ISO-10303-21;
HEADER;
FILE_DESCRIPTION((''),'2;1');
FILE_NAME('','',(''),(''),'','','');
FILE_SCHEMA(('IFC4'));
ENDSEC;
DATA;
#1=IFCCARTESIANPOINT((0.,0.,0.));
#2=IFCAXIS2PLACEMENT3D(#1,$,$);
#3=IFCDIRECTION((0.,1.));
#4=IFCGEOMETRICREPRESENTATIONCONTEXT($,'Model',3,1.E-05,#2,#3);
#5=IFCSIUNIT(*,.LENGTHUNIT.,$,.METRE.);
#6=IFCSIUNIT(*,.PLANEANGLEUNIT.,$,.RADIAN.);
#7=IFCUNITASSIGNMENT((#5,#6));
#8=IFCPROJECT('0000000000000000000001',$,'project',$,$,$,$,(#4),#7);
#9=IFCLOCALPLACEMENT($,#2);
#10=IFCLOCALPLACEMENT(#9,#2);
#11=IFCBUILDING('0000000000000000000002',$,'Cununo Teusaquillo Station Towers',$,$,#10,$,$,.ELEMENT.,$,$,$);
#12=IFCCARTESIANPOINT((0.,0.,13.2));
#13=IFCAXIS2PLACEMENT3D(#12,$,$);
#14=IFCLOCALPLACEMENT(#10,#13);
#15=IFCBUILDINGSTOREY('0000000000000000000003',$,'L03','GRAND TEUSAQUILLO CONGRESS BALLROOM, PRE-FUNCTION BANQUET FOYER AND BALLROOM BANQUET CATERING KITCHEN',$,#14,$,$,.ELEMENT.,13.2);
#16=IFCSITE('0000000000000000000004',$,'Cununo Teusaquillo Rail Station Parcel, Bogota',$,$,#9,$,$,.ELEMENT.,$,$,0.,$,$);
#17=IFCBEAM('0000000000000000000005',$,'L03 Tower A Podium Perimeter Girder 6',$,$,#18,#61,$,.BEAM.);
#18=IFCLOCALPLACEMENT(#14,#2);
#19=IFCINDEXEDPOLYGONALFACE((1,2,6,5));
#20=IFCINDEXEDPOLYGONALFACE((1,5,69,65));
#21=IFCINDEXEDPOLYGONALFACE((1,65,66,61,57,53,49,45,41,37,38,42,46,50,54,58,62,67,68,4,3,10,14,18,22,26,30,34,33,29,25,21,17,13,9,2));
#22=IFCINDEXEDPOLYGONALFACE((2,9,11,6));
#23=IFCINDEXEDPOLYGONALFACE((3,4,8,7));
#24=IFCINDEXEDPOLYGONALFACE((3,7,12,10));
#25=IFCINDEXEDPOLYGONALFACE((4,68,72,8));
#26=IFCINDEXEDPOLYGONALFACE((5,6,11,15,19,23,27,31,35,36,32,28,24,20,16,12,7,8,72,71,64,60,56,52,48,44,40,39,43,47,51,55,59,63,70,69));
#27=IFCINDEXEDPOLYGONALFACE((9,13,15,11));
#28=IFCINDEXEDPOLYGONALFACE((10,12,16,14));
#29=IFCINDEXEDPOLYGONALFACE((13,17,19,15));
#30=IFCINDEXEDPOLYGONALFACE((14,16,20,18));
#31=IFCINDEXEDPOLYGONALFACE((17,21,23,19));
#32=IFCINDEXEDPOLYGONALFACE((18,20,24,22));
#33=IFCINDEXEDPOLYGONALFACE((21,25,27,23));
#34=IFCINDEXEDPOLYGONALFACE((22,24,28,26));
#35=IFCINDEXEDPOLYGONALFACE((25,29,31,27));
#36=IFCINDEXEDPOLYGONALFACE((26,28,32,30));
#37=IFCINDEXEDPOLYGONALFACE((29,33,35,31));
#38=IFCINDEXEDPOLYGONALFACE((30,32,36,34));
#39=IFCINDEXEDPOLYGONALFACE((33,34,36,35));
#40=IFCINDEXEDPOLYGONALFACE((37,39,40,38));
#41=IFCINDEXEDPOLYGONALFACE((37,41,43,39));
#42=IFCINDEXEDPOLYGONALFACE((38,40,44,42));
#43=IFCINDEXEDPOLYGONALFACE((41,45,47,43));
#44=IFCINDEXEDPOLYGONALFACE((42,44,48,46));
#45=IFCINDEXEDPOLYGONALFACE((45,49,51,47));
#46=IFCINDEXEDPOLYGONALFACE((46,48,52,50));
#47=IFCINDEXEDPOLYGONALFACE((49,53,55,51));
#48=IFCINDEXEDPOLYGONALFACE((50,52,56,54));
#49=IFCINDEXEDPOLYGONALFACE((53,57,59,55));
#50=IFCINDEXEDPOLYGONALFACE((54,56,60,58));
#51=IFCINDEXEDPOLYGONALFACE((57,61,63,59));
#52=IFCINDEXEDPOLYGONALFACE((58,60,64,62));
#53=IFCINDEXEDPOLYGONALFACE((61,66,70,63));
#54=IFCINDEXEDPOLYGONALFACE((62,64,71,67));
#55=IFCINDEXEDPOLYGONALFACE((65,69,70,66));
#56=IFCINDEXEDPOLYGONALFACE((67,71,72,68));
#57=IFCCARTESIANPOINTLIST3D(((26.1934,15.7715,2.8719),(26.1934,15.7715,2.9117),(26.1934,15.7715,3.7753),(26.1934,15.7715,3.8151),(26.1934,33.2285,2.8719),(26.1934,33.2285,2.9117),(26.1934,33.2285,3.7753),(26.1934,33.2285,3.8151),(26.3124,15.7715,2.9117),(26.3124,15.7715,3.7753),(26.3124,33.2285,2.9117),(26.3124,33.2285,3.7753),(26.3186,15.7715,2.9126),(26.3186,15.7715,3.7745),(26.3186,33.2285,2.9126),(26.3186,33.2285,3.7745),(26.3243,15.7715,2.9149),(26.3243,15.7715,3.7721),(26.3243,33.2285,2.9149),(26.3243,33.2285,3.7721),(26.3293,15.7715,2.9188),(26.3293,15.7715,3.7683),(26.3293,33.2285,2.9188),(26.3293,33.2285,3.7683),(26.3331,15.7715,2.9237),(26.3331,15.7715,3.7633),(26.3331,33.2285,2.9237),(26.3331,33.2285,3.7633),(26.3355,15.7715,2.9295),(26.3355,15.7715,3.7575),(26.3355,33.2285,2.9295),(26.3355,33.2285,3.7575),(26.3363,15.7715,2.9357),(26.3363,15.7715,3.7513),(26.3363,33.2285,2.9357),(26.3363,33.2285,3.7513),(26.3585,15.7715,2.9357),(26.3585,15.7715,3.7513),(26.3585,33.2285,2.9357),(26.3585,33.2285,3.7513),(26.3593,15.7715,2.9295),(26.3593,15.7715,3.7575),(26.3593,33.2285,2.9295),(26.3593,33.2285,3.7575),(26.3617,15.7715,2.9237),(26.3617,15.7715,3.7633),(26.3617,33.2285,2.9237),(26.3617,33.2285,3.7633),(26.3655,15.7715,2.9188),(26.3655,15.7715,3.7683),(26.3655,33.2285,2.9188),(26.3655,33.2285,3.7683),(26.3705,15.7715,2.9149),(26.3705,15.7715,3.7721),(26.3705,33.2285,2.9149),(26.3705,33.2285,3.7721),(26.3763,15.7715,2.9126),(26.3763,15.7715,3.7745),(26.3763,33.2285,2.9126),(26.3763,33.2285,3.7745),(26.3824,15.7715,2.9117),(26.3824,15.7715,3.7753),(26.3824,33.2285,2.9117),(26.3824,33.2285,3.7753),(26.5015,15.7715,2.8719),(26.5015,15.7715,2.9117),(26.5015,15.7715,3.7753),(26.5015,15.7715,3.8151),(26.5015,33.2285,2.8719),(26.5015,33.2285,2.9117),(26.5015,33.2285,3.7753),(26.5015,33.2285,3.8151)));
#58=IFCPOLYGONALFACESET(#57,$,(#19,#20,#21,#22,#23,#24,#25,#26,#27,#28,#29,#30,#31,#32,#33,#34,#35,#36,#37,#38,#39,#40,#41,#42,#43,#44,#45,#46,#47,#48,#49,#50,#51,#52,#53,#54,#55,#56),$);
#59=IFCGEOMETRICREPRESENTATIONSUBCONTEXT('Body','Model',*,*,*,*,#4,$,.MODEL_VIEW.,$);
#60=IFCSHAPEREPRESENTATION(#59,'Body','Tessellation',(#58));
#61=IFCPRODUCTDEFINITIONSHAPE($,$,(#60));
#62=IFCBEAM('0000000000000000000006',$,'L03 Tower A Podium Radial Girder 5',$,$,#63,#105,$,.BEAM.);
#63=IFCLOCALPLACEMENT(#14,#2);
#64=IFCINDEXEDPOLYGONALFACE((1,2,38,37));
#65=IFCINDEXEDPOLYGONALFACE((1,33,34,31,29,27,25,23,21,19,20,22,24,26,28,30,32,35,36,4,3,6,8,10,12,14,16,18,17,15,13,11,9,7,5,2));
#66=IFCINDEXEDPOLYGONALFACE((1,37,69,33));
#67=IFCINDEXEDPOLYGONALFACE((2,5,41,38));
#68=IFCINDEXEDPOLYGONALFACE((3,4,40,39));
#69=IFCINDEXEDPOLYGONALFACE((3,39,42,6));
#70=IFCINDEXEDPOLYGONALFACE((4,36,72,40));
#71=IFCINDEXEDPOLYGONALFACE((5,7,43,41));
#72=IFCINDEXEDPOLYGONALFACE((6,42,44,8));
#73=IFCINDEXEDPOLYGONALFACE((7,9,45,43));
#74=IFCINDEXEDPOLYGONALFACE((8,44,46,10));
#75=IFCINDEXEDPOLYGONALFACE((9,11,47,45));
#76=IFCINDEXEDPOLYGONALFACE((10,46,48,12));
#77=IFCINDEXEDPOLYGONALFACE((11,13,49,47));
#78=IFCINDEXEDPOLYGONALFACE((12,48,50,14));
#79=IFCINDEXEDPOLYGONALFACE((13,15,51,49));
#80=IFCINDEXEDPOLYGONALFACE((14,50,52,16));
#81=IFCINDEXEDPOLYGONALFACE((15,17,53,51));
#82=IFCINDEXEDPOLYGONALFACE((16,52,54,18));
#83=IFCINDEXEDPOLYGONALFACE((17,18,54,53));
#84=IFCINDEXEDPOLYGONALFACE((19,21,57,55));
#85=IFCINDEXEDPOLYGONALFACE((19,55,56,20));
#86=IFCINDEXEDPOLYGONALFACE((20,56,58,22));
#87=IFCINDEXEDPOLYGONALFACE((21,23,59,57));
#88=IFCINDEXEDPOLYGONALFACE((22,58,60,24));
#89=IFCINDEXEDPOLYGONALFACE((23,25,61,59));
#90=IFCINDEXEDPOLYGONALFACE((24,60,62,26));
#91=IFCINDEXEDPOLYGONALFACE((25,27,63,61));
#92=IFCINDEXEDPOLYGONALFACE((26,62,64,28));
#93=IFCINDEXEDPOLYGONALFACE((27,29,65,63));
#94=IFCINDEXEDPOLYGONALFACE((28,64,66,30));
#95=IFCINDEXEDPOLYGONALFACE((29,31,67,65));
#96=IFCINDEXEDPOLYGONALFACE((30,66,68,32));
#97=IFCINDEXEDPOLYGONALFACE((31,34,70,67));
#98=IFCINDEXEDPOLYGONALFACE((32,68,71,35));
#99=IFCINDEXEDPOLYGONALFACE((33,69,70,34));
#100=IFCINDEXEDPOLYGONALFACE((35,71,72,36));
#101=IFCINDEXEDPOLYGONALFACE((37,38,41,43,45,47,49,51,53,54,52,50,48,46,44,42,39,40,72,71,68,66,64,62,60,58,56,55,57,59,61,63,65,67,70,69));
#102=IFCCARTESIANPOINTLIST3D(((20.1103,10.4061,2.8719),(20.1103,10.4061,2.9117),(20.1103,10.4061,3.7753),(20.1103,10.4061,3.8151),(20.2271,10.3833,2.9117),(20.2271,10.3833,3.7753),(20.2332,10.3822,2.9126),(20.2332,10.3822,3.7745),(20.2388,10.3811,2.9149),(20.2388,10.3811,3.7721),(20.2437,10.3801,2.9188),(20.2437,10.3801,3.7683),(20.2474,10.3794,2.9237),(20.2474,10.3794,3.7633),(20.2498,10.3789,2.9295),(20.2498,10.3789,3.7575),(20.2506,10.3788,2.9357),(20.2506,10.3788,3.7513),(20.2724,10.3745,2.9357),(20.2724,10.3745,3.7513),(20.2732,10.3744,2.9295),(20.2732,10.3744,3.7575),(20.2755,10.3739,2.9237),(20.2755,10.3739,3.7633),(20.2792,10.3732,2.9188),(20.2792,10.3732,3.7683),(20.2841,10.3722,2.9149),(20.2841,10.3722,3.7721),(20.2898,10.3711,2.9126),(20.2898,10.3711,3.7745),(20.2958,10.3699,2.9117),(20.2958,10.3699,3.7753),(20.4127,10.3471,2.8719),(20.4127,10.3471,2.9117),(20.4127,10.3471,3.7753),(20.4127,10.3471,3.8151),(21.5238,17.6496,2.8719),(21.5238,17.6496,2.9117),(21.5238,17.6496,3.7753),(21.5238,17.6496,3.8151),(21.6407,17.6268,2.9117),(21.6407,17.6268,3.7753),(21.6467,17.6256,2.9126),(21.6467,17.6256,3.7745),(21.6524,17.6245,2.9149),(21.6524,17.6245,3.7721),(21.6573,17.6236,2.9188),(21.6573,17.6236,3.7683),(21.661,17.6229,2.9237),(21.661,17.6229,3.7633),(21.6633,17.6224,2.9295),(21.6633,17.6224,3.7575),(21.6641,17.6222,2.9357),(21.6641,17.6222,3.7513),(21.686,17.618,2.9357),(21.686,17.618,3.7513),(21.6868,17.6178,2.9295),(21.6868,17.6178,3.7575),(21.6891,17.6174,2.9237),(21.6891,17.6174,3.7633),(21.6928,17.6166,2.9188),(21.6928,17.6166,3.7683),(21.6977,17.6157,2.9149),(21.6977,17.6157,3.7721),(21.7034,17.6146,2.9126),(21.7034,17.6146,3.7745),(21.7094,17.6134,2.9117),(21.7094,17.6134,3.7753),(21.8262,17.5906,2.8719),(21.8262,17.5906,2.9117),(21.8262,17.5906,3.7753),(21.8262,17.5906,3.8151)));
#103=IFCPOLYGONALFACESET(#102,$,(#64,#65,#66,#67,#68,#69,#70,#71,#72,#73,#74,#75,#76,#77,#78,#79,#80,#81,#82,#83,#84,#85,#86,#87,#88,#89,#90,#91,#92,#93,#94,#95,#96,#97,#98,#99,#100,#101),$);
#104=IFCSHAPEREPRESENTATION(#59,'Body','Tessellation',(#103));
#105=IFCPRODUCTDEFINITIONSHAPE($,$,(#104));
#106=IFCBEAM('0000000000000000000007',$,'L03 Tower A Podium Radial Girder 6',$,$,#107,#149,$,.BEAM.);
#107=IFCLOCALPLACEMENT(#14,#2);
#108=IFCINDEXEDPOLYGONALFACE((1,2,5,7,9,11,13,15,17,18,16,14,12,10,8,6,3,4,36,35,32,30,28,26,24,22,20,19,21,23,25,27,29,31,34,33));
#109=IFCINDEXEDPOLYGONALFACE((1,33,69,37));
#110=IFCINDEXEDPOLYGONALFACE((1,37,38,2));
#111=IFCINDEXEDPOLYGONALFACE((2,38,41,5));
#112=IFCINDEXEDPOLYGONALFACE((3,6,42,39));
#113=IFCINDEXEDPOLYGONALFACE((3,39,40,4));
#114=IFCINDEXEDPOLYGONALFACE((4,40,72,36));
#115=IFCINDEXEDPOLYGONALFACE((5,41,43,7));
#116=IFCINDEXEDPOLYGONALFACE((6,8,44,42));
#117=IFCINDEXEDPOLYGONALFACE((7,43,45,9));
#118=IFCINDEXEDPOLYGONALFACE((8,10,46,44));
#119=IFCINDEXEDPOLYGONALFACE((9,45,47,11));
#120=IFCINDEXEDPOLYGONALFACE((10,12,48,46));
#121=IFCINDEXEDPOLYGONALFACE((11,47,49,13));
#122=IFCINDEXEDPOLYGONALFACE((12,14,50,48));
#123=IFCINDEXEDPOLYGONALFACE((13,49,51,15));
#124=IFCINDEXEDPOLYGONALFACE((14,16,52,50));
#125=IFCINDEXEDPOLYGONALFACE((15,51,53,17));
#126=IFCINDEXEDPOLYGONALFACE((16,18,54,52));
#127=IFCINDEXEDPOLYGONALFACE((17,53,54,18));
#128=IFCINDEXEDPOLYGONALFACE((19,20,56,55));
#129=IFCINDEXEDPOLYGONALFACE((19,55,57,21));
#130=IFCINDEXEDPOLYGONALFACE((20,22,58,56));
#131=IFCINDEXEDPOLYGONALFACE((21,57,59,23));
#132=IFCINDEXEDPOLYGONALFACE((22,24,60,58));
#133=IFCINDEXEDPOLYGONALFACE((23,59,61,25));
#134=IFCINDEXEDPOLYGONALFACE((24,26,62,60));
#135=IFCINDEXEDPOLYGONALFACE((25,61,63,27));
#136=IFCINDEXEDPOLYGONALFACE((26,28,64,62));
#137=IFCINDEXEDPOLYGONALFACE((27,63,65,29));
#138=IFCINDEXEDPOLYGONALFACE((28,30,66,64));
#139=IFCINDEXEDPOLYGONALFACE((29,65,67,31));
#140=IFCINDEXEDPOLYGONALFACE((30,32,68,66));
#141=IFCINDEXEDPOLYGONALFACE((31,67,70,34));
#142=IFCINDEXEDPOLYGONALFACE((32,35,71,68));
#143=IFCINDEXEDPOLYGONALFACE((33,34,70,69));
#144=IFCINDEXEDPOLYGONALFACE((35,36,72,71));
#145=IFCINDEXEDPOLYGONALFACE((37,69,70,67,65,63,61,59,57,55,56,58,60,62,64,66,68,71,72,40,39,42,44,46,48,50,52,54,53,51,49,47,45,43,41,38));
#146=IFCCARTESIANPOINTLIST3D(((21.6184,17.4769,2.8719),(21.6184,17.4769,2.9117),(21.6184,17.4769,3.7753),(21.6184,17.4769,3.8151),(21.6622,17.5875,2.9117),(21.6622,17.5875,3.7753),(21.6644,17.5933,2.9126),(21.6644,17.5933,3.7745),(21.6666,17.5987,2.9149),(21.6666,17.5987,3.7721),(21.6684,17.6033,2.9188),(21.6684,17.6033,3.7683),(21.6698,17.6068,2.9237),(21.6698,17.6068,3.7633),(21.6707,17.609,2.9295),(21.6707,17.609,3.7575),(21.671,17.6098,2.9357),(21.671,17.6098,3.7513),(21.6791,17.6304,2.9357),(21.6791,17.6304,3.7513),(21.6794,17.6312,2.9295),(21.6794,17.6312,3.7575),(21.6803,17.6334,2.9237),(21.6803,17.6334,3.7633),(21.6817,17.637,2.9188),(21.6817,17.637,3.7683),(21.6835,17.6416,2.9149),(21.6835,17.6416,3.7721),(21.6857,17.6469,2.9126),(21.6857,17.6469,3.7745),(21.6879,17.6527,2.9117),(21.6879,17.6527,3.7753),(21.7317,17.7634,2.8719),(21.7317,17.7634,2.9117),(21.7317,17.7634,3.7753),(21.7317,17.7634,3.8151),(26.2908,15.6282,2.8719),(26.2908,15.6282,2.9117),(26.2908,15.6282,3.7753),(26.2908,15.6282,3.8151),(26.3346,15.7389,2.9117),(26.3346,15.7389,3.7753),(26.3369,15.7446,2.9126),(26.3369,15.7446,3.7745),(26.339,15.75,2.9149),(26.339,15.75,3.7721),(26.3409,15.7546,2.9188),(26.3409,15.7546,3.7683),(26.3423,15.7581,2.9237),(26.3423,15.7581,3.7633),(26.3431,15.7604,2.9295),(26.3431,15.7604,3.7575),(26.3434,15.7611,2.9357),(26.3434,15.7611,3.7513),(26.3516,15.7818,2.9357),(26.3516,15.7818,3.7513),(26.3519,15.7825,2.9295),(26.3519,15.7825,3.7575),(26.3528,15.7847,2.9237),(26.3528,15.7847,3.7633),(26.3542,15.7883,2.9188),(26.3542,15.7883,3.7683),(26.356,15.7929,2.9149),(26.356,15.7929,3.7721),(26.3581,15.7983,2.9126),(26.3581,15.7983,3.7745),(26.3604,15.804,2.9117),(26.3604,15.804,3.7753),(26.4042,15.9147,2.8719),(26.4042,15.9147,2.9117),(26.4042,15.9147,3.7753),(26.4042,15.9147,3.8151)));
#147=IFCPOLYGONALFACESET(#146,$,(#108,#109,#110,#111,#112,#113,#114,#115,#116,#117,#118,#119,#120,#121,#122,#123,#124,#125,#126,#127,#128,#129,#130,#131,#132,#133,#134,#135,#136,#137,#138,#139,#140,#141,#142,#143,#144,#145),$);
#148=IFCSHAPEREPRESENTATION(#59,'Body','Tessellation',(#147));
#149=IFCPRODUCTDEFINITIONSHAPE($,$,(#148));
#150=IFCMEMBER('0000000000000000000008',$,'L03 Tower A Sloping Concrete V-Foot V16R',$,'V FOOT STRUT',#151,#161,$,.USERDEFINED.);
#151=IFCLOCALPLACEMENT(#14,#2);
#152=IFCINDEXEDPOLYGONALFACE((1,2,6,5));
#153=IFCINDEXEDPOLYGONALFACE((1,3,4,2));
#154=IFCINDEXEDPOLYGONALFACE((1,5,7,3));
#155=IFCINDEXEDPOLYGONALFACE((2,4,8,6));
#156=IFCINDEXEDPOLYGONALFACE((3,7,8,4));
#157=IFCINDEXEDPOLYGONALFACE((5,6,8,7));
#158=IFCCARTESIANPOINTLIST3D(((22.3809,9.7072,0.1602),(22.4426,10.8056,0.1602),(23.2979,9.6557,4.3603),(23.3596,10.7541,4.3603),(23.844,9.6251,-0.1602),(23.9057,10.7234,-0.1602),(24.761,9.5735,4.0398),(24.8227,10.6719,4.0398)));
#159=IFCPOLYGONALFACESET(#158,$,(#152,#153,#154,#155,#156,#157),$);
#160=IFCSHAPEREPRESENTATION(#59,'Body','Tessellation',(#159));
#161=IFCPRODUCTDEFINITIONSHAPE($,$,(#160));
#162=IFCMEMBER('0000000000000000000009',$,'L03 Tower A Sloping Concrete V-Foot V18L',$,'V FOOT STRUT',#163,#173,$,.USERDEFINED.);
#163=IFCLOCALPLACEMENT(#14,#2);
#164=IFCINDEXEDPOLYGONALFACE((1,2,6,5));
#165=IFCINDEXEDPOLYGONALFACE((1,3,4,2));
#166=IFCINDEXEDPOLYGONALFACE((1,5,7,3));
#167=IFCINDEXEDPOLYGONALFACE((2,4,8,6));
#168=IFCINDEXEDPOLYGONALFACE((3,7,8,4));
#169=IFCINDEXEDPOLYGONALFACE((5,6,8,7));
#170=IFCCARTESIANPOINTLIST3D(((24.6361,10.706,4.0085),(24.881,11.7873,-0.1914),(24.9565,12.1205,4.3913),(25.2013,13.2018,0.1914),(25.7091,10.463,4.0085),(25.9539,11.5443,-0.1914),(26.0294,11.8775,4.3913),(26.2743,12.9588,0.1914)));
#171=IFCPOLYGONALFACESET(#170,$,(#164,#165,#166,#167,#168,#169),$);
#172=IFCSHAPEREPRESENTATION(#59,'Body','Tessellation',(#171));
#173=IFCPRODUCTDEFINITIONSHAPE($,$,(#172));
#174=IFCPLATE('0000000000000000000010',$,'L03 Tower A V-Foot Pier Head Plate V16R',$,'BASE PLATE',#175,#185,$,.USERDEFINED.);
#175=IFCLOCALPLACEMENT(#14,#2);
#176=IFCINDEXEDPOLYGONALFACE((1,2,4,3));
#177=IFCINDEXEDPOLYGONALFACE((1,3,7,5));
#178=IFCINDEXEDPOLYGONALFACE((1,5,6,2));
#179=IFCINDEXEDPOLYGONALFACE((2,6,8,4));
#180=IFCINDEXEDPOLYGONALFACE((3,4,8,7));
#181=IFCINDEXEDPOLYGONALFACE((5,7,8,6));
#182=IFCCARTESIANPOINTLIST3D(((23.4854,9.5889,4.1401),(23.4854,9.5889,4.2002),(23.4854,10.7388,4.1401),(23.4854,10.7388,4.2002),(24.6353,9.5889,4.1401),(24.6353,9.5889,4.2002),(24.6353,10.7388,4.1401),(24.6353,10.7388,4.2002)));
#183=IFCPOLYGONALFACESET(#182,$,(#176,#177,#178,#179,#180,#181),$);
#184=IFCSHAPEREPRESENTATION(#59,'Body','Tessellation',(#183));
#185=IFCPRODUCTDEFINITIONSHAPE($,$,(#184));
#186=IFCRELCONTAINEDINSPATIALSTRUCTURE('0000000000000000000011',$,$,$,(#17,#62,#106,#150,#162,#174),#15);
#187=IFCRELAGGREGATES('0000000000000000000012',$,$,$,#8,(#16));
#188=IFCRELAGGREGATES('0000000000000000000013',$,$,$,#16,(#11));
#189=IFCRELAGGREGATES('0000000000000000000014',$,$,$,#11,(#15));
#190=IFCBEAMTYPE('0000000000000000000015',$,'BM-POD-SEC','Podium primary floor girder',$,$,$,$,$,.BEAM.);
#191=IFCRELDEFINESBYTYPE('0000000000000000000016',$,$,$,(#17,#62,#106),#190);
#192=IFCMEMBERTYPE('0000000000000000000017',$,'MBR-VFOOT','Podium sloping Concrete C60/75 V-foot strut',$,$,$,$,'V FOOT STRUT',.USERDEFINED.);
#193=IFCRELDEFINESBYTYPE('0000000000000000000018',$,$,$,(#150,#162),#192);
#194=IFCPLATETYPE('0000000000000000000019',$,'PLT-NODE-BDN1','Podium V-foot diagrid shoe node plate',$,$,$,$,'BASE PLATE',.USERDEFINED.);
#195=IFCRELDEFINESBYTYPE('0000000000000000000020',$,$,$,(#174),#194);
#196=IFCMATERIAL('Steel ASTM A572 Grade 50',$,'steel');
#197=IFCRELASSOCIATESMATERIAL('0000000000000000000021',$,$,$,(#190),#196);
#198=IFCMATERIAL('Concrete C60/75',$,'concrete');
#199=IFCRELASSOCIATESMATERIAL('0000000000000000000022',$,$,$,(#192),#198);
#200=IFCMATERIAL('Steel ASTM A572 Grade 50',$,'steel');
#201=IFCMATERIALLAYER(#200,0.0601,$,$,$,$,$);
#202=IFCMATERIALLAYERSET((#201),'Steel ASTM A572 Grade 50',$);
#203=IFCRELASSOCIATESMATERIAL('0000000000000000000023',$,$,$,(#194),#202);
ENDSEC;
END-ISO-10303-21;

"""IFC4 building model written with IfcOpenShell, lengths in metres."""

from ifc_helpers import new_model, si_unit, direction, frame, origin, origin_2d, place, context, subcontext, project, spatial, rectangle, i_section, extrude, source, transform, mapped, material, layer, layer_set, material_profile, profile_set, type_object, element, save


model = new_model("IFC4")

# Units and contexts
model_context = context("Model", 3, precision=1e-05, world=origin(), true_north=direction((0.0, 1.0)))
body_context = subcontext(model_context, "Body", "Model", "MODEL_VIEW")
ifc_project = project(units=[si_unit("LENGTHUNIT", "METRE"), si_unit("PLANEANGLEUNIT", "RADIAN")], contexts=[model_context])

# Site, building, storey
site_placement = place(None, origin())
site = spatial("IfcSite", under=ifc_project, at=site_placement, Name="Cununo Teusaquillo Rail Station Parcel, Bogota", CompositionType="ELEMENT", RefElevation=0.0)
building_placement = place(site_placement, origin())
building = spatial("IfcBuilding", under=site, at=building_placement, Name="Cununo Teusaquillo Station Towers", CompositionType="ELEMENT")
storey_placement = place(building_placement, frame((0.0, 0.0, 13.2)))
storey = spatial("IfcBuildingStorey", under=building, at=storey_placement, Name="L03", Description="GRAND TEUSAQUILLO CONGRESS BALLROOM, PRE-FUNCTION BANQUET FOYER AND BALLROOM BANQUET CATERING KITCHEN", CompositionType="ELEMENT", Elevation=13.2)

# Beams
ifc_material_1 = material(Name="Steel ASTM A572 Grade 50", Category="steel")
ifc_material_profile_1 = material_profile(ifc_material_1, i_section(OverallWidth=0.3081, OverallDepth=0.9431, WebThickness=0.0222, FlangeThickness=0.0398, FilletRadius=0.0239, at=origin_2d()), Name="W36X232")
ifc_profile_set_1 = profile_set([ifc_material_profile_1], Name="Steel ASTM A572 Grade 50")
beam_type_1 = type_object("IfcBeamType", Name="BM-POD-SEC", Description="Podium primary floor girder", PredefinedType="BEAM", material=ifc_profile_set_1)
beam_1_placement = place(storey_placement, frame((26.3474, 15.7715, 3.3435), z_axis=(0.0, 1.0, 0.0), x_axis=(-1.0, 0.0, 0.0)))
element("IfcBeam", 1, at=beam_1_placement, inside=storey, type_object=beam_type_1, Name="L03 Tower A Podium Perimeter Girder 6", PredefinedType="BEAM", context=body_context, shape_type="SweptSolid", body=[
    extrude(i_section(OverallWidth=0.3081, OverallDepth=0.9431, WebThickness=0.0222, FlangeThickness=0.0398, FilletRadius=0.0239, at=origin_2d()), origin(), (0.0, 0.0, 1.0), 17.457),
])
beam_2_placement = place(storey_placement, frame((21.675, 17.6201, 3.3435), z_axis=(-0.19154, -0.981485, 0.0), x_axis=(0.981485, -0.19154, 0.0)))
element("IfcBeam", 2, at=beam_2_placement, inside=storey, type_object=beam_type_1, Name="L03 Tower A Podium Radial Girder 5", PredefinedType="BEAM", context=body_context, shape_type="SweptSolid", body=[
    extrude(i_section(OverallWidth=0.3081, OverallDepth=0.9431, WebThickness=0.0222, FlangeThickness=0.0398, FilletRadius=0.0239, at=origin_2d()), origin(), (0.0, 0.0, 1.0), 7.3801),
])
beam_3_placement = place(storey_placement, frame((21.675, 17.6201, 3.3435), z_axis=(0.929864, -0.367903, 0.0), x_axis=(0.367903, 0.929864, 0.0)))
element("IfcBeam", 3, at=beam_3_placement, inside=storey, type_object=beam_type_1, Name="L03 Tower A Podium Radial Girder 6", PredefinedType="BEAM", context=body_context, shape_type="SweptSolid", body=[
    extrude(i_section(OverallWidth=0.3081, OverallDepth=0.9431, WebThickness=0.0222, FlangeThickness=0.0398, FilletRadius=0.0239, at=origin_2d()), origin(), (0.0, 0.0, 1.0), 5.0249),
])

# Members
ifc_material_2 = material(Name="Concrete C60/75", Category="concrete")
ifc_material_profile_2 = material_profile(ifc_material_2, rectangle(XDim=1.1001, YDim=1.5, at=origin_2d()), Name="RC-RECT-1500x1100")
ifc_profile_set_2 = profile_set([ifc_material_profile_2], Name="Concrete C60/75")
member_type = type_object("IfcMemberType", Name="MBR-VFOOT", Description="Podium sloping Concrete C60/75 V-foot strut", ElementType="V FOOT STRUT", PredefinedType="USERDEFINED", material=ifc_profile_set_2)
member_1_placement = place(storey_placement, frame((23.1433, 10.2153, 0.0), z_axis=(0.213294, -0.011982, 0.976915), x_axis=(0.056088, 0.998426, 0.0)))
element("IfcMember", 4, at=member_1_placement, inside=storey, type_object=member_type, Name="L03 Tower A Sloping Concrete V-Foot V16R", ObjectType="V FOOT STRUT", PredefinedType="USERDEFINED", context=body_context, shape_type="SweptSolid", body=[
    extrude(rectangle(XDim=1.1001, YDim=1.5, at=origin_2d()), origin(), (0.0, 0.0, 1.0), 4.2993),
])
member_2_placement = place(storey_placement, frame((25.5776, 12.373, 0.0), z_axis=(-0.056373, -0.248928, 0.96688), x_axis=(0.975303, -0.220869, 0.0)))
element("IfcMember", 5, at=member_2_placement, inside=storey, type_object=member_type, Name="L03 Tower A Sloping Concrete V-Foot V18L", ObjectType="V FOOT STRUT", PredefinedType="USERDEFINED", context=body_context, shape_type="SweptSolid", body=[
    extrude(rectangle(XDim=1.1001, YDim=1.5, at=origin_2d()), origin(), (0.0, 0.0, 1.0), 4.3438),
])

# Plate
ifc_material_3 = material(Name="Steel ASTM A572 Grade 50", Category="steel")
ifc_layer_1 = layer(ifc_material_3, 0.0601)
ifc_layer_set_1 = layer_set([ifc_layer_1], Name="Steel ASTM A572 Grade 50")
plate_type = type_object("IfcPlateType", Name="PLT-NODE-BDN1", Description="Podium V-foot diagrid shoe node plate", ElementType="BASE PLATE", PredefinedType="USERDEFINED", material=ifc_layer_set_1)
shared_shape_1 = source(origin(), body_context, "Body", "SweptSolid", [
    extrude(rectangle(XDim=1.1499, YDim=1.1499, at=origin_2d()), origin(), (0.0, 0.0, 1.0), 0.0601),
])
for number, where, z_axis, x_axis, name in (
    (6, (24.0603, 10.1638, 4.1401), (0.0, 0.0, 1.0), (1.0, 0.0, 0.0), "L03 Tower A V-Foot Pier Head Plate V16R"),
):
    element("IfcPlate", number, at=place(storey_placement, frame(where, z_axis=z_axis, x_axis=x_axis)), inside=storey, type_object=plate_type, Name=name, ObjectType="BASE PLATE", PredefinedType="USERDEFINED", context=body_context, shape_type="MappedRepresentation", body=[
        mapped(shared_shape_1, transform((0.0, 0.0, 0.0), x_axis=(1.0, 0.0, 0.0), y_axis=(0.0, 1.0, 0.0), z_axis=(0.0, 0.0, 1.0), scale=1.0)),
    ])

save(model, "model.ifc")
